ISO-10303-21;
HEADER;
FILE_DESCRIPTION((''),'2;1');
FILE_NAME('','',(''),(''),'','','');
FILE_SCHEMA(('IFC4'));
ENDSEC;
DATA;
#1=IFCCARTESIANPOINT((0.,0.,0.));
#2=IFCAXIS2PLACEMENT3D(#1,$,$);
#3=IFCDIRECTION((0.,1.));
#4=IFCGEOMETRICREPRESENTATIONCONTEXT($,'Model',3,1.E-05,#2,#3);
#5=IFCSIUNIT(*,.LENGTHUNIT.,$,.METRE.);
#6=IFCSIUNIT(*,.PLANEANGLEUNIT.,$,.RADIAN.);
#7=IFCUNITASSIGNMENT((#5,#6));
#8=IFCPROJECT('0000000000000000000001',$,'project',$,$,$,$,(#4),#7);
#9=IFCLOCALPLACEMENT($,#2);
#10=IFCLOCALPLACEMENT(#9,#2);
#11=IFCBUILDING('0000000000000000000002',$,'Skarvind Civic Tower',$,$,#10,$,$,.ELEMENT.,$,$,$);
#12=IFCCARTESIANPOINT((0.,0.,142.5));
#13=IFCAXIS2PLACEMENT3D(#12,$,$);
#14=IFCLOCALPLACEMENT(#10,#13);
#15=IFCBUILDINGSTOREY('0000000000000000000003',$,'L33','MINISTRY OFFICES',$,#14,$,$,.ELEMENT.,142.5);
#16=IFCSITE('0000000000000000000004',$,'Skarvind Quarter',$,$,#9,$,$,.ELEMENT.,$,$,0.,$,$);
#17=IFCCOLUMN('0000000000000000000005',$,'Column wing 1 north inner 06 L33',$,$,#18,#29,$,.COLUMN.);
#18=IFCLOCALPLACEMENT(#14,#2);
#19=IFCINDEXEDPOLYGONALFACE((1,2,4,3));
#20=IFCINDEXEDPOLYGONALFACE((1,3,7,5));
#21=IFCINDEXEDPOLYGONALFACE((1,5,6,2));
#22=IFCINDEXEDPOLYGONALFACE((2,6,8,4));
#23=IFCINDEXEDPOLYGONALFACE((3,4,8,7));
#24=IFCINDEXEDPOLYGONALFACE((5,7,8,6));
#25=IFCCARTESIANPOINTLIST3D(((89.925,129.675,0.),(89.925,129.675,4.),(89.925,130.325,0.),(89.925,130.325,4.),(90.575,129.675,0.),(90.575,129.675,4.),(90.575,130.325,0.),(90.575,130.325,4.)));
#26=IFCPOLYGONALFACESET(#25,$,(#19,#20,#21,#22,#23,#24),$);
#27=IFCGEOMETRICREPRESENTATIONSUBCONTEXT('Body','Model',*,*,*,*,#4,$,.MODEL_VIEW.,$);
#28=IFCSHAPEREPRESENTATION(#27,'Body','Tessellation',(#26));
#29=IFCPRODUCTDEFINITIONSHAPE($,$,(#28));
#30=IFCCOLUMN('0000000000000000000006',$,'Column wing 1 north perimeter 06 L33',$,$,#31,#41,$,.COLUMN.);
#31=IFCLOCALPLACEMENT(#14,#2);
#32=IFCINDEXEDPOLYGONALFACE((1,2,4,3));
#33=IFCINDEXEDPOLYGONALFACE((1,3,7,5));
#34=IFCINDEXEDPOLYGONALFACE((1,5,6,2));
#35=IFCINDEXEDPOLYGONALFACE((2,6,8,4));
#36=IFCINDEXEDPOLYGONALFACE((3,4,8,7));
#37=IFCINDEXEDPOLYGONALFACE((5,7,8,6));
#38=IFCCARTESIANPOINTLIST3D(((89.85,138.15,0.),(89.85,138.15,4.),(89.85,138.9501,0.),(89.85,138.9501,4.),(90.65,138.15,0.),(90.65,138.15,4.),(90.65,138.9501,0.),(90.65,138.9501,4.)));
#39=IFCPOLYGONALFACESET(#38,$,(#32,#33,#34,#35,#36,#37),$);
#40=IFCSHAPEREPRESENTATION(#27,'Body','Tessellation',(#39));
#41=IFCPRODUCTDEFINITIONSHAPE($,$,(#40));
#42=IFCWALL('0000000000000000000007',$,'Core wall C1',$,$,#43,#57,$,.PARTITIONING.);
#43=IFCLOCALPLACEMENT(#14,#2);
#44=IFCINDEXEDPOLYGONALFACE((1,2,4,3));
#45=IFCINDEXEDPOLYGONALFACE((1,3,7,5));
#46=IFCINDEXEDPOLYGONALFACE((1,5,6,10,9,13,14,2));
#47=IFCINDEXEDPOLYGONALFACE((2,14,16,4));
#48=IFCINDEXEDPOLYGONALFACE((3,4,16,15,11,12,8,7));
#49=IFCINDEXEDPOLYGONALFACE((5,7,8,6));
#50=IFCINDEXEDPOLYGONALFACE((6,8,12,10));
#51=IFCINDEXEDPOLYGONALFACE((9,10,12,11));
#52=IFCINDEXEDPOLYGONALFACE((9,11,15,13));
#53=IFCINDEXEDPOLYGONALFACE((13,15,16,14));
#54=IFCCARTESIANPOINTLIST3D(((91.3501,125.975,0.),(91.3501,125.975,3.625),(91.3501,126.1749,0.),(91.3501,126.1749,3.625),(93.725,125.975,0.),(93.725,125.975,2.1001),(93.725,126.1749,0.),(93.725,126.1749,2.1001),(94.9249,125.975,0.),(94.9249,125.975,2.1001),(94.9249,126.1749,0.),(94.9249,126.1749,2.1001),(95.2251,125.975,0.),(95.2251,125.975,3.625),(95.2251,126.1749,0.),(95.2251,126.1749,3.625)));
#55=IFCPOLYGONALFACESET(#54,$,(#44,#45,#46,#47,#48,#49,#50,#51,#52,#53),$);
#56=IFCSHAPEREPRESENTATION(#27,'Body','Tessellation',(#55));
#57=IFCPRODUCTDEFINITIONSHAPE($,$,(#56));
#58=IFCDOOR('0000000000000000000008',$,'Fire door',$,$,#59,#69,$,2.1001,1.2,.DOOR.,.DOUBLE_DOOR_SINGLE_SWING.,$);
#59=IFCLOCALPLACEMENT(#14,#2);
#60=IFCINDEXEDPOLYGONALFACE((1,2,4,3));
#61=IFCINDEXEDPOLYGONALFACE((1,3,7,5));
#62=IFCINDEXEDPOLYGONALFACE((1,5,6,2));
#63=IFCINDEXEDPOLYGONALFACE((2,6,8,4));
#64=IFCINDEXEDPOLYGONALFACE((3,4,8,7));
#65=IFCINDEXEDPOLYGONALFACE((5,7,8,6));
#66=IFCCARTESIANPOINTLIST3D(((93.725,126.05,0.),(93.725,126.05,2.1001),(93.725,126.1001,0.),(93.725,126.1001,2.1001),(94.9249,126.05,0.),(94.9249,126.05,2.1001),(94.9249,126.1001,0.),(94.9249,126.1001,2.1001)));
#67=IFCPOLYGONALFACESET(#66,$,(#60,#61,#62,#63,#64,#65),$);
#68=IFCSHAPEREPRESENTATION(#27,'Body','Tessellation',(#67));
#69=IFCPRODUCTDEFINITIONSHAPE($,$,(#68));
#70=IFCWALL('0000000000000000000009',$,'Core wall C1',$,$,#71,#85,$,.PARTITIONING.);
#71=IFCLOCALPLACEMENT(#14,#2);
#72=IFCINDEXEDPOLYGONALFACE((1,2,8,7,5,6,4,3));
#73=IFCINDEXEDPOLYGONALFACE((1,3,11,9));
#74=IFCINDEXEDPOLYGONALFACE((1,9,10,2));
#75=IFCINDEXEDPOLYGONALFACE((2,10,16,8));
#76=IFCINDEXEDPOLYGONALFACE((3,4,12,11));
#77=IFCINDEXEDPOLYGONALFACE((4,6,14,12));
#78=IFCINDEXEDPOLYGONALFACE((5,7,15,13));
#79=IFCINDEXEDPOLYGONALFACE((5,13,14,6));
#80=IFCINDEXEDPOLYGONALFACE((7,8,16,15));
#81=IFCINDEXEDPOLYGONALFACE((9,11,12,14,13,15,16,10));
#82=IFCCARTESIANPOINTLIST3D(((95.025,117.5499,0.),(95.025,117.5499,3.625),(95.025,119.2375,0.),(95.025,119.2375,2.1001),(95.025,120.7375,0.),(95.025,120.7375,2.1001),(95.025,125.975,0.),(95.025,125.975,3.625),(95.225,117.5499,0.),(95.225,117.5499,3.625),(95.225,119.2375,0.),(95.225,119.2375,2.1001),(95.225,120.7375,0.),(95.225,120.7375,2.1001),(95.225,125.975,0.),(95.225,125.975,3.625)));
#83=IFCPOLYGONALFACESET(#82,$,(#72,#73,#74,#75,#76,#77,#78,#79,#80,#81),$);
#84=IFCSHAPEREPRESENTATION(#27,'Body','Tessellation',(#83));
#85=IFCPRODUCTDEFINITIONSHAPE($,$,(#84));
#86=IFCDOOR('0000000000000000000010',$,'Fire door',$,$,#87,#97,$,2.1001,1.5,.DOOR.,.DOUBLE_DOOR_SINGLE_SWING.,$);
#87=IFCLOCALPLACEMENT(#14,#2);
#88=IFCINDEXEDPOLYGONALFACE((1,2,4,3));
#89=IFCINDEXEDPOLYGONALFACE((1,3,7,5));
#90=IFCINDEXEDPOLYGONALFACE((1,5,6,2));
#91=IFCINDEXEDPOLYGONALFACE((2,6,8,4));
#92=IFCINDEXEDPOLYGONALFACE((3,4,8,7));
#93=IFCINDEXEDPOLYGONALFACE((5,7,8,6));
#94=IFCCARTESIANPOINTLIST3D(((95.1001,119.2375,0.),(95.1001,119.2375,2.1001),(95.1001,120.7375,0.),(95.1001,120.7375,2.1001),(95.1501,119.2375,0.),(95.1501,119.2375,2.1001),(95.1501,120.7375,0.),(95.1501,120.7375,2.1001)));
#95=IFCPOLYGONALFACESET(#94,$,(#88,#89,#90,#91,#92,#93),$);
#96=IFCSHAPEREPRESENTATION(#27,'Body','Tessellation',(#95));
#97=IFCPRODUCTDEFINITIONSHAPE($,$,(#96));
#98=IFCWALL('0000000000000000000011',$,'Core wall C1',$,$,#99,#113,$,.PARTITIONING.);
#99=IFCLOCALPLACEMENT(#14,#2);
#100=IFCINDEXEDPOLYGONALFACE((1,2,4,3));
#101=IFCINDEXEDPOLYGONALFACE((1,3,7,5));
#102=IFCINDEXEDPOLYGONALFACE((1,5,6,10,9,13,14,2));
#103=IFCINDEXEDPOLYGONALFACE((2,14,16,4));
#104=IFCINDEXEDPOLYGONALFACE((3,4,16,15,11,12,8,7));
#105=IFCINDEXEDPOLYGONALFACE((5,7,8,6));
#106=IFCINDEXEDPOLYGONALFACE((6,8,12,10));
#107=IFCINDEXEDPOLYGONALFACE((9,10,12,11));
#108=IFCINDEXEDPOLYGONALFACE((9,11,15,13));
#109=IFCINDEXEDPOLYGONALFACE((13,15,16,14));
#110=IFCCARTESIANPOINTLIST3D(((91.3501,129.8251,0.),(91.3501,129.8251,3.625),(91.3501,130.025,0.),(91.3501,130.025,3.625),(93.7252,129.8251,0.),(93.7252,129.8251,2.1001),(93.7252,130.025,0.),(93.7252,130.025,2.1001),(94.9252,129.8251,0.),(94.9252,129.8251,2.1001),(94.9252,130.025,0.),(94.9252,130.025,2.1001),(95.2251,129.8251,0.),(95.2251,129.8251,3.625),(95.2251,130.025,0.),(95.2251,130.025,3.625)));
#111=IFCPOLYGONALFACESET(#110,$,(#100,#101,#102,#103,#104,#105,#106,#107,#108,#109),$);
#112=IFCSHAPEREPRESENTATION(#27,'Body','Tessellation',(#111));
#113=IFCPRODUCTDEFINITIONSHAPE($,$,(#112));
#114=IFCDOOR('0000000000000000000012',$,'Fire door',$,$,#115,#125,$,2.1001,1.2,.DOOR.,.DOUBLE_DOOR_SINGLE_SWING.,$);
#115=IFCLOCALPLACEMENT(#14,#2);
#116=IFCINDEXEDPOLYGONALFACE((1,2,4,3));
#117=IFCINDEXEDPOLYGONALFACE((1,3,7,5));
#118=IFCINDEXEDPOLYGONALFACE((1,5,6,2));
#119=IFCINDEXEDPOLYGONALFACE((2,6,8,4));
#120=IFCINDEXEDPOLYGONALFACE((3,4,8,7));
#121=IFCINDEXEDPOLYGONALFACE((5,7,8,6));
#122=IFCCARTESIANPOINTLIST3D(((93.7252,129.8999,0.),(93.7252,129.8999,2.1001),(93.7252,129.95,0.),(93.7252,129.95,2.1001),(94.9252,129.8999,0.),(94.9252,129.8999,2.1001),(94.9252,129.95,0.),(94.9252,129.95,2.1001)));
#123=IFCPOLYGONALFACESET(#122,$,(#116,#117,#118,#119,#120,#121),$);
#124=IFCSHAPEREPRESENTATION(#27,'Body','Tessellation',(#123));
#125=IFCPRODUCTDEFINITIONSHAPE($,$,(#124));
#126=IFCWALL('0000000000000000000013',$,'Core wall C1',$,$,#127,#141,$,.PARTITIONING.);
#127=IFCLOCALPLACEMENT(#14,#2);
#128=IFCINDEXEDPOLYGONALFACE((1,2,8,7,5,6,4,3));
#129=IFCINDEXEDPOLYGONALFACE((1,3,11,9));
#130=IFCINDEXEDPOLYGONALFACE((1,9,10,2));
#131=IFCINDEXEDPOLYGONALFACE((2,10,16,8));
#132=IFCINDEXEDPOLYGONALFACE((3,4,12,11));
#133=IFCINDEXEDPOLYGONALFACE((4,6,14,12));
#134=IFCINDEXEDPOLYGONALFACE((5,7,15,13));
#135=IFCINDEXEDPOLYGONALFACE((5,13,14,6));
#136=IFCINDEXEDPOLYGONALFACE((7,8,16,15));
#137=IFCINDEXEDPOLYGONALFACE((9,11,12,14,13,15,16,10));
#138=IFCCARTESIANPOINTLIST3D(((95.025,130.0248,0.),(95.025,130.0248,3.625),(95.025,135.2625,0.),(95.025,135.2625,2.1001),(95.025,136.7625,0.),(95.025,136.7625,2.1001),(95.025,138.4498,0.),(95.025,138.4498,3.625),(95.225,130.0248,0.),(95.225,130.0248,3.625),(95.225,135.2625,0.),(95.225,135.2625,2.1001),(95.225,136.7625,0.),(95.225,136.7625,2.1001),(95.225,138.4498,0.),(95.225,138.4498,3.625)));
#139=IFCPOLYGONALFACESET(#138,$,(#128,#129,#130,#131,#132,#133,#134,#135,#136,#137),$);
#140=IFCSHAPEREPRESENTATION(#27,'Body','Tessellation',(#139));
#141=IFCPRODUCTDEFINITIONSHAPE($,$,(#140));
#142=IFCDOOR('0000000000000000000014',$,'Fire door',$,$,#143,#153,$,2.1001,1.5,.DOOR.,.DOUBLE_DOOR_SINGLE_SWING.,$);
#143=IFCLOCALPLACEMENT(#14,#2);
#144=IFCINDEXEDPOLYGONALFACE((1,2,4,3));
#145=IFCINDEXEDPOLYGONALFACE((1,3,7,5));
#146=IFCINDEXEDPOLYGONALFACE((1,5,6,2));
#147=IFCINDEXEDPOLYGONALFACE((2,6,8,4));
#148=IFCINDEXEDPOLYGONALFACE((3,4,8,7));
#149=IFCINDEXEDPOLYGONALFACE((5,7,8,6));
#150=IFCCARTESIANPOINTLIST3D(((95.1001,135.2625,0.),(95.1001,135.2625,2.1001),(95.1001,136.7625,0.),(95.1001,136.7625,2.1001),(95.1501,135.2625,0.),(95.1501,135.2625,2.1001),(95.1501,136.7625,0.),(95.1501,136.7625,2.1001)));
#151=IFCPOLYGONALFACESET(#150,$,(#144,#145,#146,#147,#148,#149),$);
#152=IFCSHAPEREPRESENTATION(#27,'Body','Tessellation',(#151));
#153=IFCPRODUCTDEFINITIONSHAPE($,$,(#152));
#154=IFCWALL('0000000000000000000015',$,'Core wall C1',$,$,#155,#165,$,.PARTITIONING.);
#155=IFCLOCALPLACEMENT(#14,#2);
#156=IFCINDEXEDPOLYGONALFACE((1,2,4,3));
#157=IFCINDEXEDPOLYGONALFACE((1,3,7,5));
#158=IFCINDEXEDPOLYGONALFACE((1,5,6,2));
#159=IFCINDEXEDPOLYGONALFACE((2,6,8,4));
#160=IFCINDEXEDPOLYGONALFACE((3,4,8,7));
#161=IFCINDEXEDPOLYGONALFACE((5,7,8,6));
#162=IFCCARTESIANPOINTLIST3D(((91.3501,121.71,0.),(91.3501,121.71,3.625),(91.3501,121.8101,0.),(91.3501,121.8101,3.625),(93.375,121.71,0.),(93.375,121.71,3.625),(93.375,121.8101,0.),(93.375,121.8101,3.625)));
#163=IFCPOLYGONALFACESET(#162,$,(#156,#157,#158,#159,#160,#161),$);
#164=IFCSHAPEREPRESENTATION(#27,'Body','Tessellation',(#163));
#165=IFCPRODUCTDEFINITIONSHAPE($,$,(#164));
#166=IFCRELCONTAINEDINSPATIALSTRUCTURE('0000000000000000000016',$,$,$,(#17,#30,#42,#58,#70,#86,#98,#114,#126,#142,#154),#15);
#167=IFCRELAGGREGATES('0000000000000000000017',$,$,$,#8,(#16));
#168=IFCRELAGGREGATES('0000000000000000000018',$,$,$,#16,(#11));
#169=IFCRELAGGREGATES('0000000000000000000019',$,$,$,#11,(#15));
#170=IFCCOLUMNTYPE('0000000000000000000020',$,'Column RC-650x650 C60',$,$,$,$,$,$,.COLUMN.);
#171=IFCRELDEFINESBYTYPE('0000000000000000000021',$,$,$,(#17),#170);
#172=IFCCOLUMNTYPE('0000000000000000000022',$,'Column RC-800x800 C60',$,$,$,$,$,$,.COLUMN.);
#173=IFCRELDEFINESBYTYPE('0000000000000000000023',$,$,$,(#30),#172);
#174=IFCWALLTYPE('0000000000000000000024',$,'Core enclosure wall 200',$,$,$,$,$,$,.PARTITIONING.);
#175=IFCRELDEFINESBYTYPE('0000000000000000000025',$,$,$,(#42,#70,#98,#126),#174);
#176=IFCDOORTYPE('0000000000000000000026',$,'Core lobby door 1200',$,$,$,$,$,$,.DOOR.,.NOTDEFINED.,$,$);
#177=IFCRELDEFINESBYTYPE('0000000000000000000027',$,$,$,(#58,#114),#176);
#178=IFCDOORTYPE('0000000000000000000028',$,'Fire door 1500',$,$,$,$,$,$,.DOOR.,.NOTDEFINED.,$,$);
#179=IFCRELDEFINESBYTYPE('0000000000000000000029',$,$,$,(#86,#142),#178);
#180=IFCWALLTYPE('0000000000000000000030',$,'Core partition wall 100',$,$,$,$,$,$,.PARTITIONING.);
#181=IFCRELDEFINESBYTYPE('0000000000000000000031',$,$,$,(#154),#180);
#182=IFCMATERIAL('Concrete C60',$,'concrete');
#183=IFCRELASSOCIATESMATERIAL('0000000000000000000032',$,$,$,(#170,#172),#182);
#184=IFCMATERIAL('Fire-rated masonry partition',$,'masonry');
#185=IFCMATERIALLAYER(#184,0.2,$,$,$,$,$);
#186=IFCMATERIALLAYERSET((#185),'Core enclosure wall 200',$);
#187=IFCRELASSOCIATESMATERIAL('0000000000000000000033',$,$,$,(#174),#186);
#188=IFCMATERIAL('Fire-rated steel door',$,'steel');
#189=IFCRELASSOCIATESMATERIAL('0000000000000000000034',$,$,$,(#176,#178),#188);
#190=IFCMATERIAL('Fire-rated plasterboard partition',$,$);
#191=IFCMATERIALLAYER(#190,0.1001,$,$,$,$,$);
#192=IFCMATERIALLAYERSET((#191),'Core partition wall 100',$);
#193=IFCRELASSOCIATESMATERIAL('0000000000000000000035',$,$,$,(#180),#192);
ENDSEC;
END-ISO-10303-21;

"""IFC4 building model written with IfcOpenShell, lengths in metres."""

from ifc_helpers import new_model, si_unit, direction, frame, frame_2d, origin, origin_2d, place, context, subcontext, project, spatial, rectangle, extrude, material, layer, layer_set, material_profile, profile_set, type_object, element, fill, save


model = new_model("IFC4")

# Units and contexts
model_context = context("Model", 3, precision=1e-05, world=origin(), true_north=direction((0.0, 1.0)))
body_context = subcontext(model_context, "Body", "Model", "MODEL_VIEW")
ifc_project = project(units=[si_unit("LENGTHUNIT", "METRE"), si_unit("PLANEANGLEUNIT", "RADIAN")], contexts=[model_context])

# Site, building, storey
site_placement = place(None, origin())
site = spatial("IfcSite", under=ifc_project, at=site_placement, Name="Skarvind Quarter", CompositionType="ELEMENT", RefElevation=0.0)
building_placement = place(site_placement, origin())
building = spatial("IfcBuilding", under=site, at=building_placement, Name="Skarvind Civic Tower", CompositionType="ELEMENT")
storey_placement = place(building_placement, frame((0.0, 0.0, 142.5)))
storey = spatial("IfcBuildingStorey", under=building, at=storey_placement, Name="L33", Description="MINISTRY OFFICES", CompositionType="ELEMENT", Elevation=142.5)

# Columns
ifc_material_1 = material(Name="Concrete C60", Category="concrete")
ifc_material_profile_1 = material_profile(ifc_material_1, rectangle(XDim=0.6499, YDim=0.6499, at=origin_2d()), Name="RC-650x650")
ifc_profile_set_1 = profile_set([ifc_material_profile_1], Name="Concrete C60")
column_type_1 = type_object("IfcColumnType", Name="Column RC-650x650 C60", PredefinedType="COLUMN", material=ifc_profile_set_1)
column_1_placement = place(storey_placement, frame((90.25, 130.0, 0.0), z_axis=(0.0, 0.0, 1.0), x_axis=(1.0, 0.0, 0.0)))
element("IfcColumn", 1, at=column_1_placement, inside=storey, type_object=column_type_1, Name="Column wing 1 north inner 06 L33", PredefinedType="COLUMN", context=body_context, shape_type="SweptSolid", body=[
    extrude(rectangle(XDim=0.6499, YDim=0.6499, at=origin_2d()), origin(), (0.0, 0.0, 1.0), 4.0),
])
ifc_material_profile_2 = material_profile(ifc_material_1, rectangle(XDim=0.8, YDim=0.8, at=origin_2d()), Name="RC-800x800")
ifc_profile_set_2 = profile_set([ifc_material_profile_2], Name="Concrete C60")
column_type_2 = type_object("IfcColumnType", Name="Column RC-800x800 C60", PredefinedType="COLUMN", material=ifc_profile_set_2)
column_2_placement = place(storey_placement, frame((90.25, 138.55, 0.0), z_axis=(0.0, 0.0, 1.0), x_axis=(1.0, 0.0, 0.0)))
element("IfcColumn", 2, at=column_2_placement, inside=storey, type_object=column_type_2, Name="Column wing 1 north perimeter 06 L33", PredefinedType="COLUMN", context=body_context, shape_type="SweptSolid", body=[
    extrude(rectangle(XDim=0.8, YDim=0.8, at=origin_2d()), origin(), (0.0, 0.0, 1.0), 4.0),
])

# Walls, openings, doors
ifc_material_2 = material(Name="Fire-rated masonry partition", Category="masonry")
ifc_layer_1 = layer(ifc_material_2, 0.2)
ifc_layer_set_1 = layer_set([ifc_layer_1], Name="Core enclosure wall 200")
wall_type_1 = type_object("IfcWallType", Name="Core enclosure wall 200", PredefinedType="PARTITIONING", material=ifc_layer_set_1)
wall_1_placement = place(storey_placement, frame((95.2251, 126.075, 0.0), z_axis=(0.0, 0.0, 1.0), x_axis=(-1.0, 0.0, 0.0)))
wall_1 = element("IfcWall", 3, at=wall_1_placement, inside=storey, type_object=wall_type_1, Name="Core wall C1", PredefinedType="PARTITIONING", context=body_context, shape_type="SweptSolid", body=[
    extrude(rectangle(XDim=3.875, YDim=0.2, at=frame_2d((1.9375, 0.0))), origin(), (0.0, 0.0, 1.0), 3.625),
])
opening_1_placement = place(wall_1_placement, frame((0.3, 0.0, 0.0)))
opening_1 = element("IfcOpeningElement", 4, at=opening_1_placement, cuts=wall_1, PredefinedType="OPENING", context=body_context, shape_type="SweptSolid", body=[
    extrude(rectangle(XDim=1.2, YDim=2.1001, at=frame_2d((0.6001, 1.05))), frame((0.0, 0.1099, 0.0), z_axis=(0.0, -1.0, 0.0), x_axis=(1.0, 0.0, 0.0)), (0.0, 0.0, 1.0), 0.22),
])
ifc_material_3 = material(Name="Fire-rated steel door", Category="steel")
door_type_1 = type_object("IfcDoorType", Name="Core lobby door 1200", OperationType="NOTDEFINED", PredefinedType="DOOR", material=ifc_material_3)
door_1_placement = place(opening_1_placement, origin())
door_1 = element("IfcDoor", 5, at=door_1_placement, inside=storey, type_object=door_type_1, Name="Fire door", OperationType="DOUBLE_DOOR_SINGLE_SWING", OverallHeight=2.1001, OverallWidth=1.2, PredefinedType="DOOR", context=body_context, shape_type="SweptSolid", body=[
    extrude(rectangle(XDim=1.2, YDim=2.1001, at=frame_2d((0.6001, 1.05))), frame((0.0, 0.0249, 0.0), z_axis=(0.0, -1.0, 0.0), x_axis=(1.0, 0.0, 0.0)), (0.0, 0.0, 1.0), 0.05),
])
fill(opening_1, door_1)
wall_2_placement = place(storey_placement, frame((95.125, 117.55, 0.0), z_axis=(0.0, 0.0, 1.0), x_axis=(0.0, 1.0, 0.0)))
wall_2 = element("IfcWall", 6, at=wall_2_placement, inside=storey, type_object=wall_type_1, Name="Core wall C1", PredefinedType="PARTITIONING", context=body_context, shape_type="SweptSolid", body=[
    extrude(rectangle(XDim=8.425, YDim=0.2, at=frame_2d((4.2124, 0.0))), origin(), (0.0, 0.0, 1.0), 3.625),
])
opening_2_placement = place(wall_2_placement, frame((1.6875, 0.0, 0.0)))
opening_2 = element("IfcOpeningElement", 7, at=opening_2_placement, cuts=wall_2, PredefinedType="OPENING", context=body_context, shape_type="SweptSolid", body=[
    extrude(rectangle(XDim=1.5, YDim=2.1001, at=frame_2d((0.75, 1.05))), frame((0.0, 0.1099, 0.0), z_axis=(0.0, -1.0, 0.0), x_axis=(1.0, 0.0, 0.0)), (0.0, 0.0, 1.0), 0.22),
])
door_type_2 = type_object("IfcDoorType", Name="Fire door 1500", OperationType="NOTDEFINED", PredefinedType="DOOR", material=ifc_material_3)
door_2_placement = place(opening_2_placement, origin())
door_2 = element("IfcDoor", 8, at=door_2_placement, inside=storey, type_object=door_type_2, Name="Fire door", OperationType="DOUBLE_DOOR_SINGLE_SWING", OverallHeight=2.1001, OverallWidth=1.5, PredefinedType="DOOR", context=body_context, shape_type="SweptSolid", body=[
    extrude(rectangle(XDim=1.5, YDim=2.1001, at=frame_2d((0.75, 1.05))), frame((0.0, 0.0249, 0.0), z_axis=(0.0, -1.0, 0.0), x_axis=(1.0, 0.0, 0.0)), (0.0, 0.0, 1.0), 0.05),
])
fill(opening_2, door_2)
wall_3_placement = place(storey_placement, frame((91.3501, 129.925, 0.0), z_axis=(0.0, 0.0, 1.0), x_axis=(1.0, 0.0, 0.0)))
wall_3 = element("IfcWall", 9, at=wall_3_placement, inside=storey, type_object=wall_type_1, Name="Core wall C1", PredefinedType="PARTITIONING", context=body_context, shape_type="SweptSolid", body=[
    extrude(rectangle(XDim=3.875, YDim=0.2, at=frame_2d((1.9375, 0.0))), origin(), (0.0, 0.0, 1.0), 3.625),
])
opening_3_placement = place(wall_3_placement, frame((2.375, 0.0, 0.0)))
opening_3 = element("IfcOpeningElement", 10, at=opening_3_placement, cuts=wall_3, PredefinedType="OPENING", context=body_context, shape_type="SweptSolid", body=[
    extrude(rectangle(XDim=1.2, YDim=2.1001, at=frame_2d((0.6001, 1.05))), frame((0.0, 0.1099, 0.0), z_axis=(0.0, -1.0, 0.0), x_axis=(1.0, 0.0, 0.0)), (0.0, 0.0, 1.0), 0.22),
])
door_3_placement = place(opening_3_placement, origin())
door_3 = element("IfcDoor", 11, at=door_3_placement, inside=storey, type_object=door_type_1, Name="Fire door", OperationType="DOUBLE_DOOR_SINGLE_SWING", OverallHeight=2.1001, OverallWidth=1.2, PredefinedType="DOOR", context=body_context, shape_type="SweptSolid", body=[
    extrude(rectangle(XDim=1.2, YDim=2.1001, at=frame_2d((0.6001, 1.05))), frame((0.0, 0.0249, 0.0), z_axis=(0.0, -1.0, 0.0), x_axis=(1.0, 0.0, 0.0)), (0.0, 0.0, 1.0), 0.05),
])
fill(opening_3, door_3)
wall_4_placement = place(storey_placement, frame((95.125, 130.0249, 0.0), z_axis=(0.0, 0.0, 1.0), x_axis=(0.0, 1.0, 0.0)))
wall_4 = element("IfcWall", 12, at=wall_4_placement, inside=storey, type_object=wall_type_1, Name="Core wall C1", PredefinedType="PARTITIONING", context=body_context, shape_type="SweptSolid", body=[
    extrude(rectangle(XDim=8.425, YDim=0.2, at=frame_2d((4.2124, 0.0))), origin(), (0.0, 0.0, 1.0), 3.625),
])
opening_4_placement = place(wall_4_placement, frame((5.2375, 0.0, 0.0)))
opening_4 = element("IfcOpeningElement", 13, at=opening_4_placement, cuts=wall_4, PredefinedType="OPENING", context=body_context, shape_type="SweptSolid", body=[
    extrude(rectangle(XDim=1.5, YDim=2.1001, at=frame_2d((0.75, 1.05))), frame((0.0, 0.1099, 0.0), z_axis=(0.0, -1.0, 0.0), x_axis=(1.0, 0.0, 0.0)), (0.0, 0.0, 1.0), 0.22),
])
door_4_placement = place(opening_4_placement, origin())
door_4 = element("IfcDoor", 14, at=door_4_placement, inside=storey, type_object=door_type_2, Name="Fire door", OperationType="DOUBLE_DOOR_SINGLE_SWING", OverallHeight=2.1001, OverallWidth=1.5, PredefinedType="DOOR", context=body_context, shape_type="SweptSolid", body=[
    extrude(rectangle(XDim=1.5, YDim=2.1001, at=frame_2d((0.75, 1.05))), frame((0.0, 0.0249, 0.0), z_axis=(0.0, -1.0, 0.0), x_axis=(1.0, 0.0, 0.0)), (0.0, 0.0, 1.0), 0.05),
])
fill(opening_4, door_4)

# Wall
ifc_material_4 = material(Name="Fire-rated plasterboard partition")
ifc_layer_2 = layer(ifc_material_4, 0.1001)
ifc_layer_set_2 = layer_set([ifc_layer_2], Name="Core partition wall 100")
wall_type_2 = type_object("IfcWallType", Name="Core partition wall 100", PredefinedType="PARTITIONING", material=ifc_layer_set_2)
for number, where, z_axis, x_axis, name in (
    (15, (93.375, 121.76, 0.0), (0.0, 0.0, 1.0), (-1.0, 0.0, 0.0), "Core wall C1"),
):
    element("IfcWall", number, at=place(storey_placement, frame(where, z_axis=z_axis, x_axis=x_axis)), inside=storey, type_object=wall_type_2, Name=name, PredefinedType="PARTITIONING", context=body_context, shape_type="SweptSolid", body=[
        extrude(rectangle(XDim=2.0249, YDim=0.1001, at=frame_2d((1.0125, 0.0))), origin(), (0.0, 0.0, 1.0), 3.625),
    ])

save(model, "model.ifc")
